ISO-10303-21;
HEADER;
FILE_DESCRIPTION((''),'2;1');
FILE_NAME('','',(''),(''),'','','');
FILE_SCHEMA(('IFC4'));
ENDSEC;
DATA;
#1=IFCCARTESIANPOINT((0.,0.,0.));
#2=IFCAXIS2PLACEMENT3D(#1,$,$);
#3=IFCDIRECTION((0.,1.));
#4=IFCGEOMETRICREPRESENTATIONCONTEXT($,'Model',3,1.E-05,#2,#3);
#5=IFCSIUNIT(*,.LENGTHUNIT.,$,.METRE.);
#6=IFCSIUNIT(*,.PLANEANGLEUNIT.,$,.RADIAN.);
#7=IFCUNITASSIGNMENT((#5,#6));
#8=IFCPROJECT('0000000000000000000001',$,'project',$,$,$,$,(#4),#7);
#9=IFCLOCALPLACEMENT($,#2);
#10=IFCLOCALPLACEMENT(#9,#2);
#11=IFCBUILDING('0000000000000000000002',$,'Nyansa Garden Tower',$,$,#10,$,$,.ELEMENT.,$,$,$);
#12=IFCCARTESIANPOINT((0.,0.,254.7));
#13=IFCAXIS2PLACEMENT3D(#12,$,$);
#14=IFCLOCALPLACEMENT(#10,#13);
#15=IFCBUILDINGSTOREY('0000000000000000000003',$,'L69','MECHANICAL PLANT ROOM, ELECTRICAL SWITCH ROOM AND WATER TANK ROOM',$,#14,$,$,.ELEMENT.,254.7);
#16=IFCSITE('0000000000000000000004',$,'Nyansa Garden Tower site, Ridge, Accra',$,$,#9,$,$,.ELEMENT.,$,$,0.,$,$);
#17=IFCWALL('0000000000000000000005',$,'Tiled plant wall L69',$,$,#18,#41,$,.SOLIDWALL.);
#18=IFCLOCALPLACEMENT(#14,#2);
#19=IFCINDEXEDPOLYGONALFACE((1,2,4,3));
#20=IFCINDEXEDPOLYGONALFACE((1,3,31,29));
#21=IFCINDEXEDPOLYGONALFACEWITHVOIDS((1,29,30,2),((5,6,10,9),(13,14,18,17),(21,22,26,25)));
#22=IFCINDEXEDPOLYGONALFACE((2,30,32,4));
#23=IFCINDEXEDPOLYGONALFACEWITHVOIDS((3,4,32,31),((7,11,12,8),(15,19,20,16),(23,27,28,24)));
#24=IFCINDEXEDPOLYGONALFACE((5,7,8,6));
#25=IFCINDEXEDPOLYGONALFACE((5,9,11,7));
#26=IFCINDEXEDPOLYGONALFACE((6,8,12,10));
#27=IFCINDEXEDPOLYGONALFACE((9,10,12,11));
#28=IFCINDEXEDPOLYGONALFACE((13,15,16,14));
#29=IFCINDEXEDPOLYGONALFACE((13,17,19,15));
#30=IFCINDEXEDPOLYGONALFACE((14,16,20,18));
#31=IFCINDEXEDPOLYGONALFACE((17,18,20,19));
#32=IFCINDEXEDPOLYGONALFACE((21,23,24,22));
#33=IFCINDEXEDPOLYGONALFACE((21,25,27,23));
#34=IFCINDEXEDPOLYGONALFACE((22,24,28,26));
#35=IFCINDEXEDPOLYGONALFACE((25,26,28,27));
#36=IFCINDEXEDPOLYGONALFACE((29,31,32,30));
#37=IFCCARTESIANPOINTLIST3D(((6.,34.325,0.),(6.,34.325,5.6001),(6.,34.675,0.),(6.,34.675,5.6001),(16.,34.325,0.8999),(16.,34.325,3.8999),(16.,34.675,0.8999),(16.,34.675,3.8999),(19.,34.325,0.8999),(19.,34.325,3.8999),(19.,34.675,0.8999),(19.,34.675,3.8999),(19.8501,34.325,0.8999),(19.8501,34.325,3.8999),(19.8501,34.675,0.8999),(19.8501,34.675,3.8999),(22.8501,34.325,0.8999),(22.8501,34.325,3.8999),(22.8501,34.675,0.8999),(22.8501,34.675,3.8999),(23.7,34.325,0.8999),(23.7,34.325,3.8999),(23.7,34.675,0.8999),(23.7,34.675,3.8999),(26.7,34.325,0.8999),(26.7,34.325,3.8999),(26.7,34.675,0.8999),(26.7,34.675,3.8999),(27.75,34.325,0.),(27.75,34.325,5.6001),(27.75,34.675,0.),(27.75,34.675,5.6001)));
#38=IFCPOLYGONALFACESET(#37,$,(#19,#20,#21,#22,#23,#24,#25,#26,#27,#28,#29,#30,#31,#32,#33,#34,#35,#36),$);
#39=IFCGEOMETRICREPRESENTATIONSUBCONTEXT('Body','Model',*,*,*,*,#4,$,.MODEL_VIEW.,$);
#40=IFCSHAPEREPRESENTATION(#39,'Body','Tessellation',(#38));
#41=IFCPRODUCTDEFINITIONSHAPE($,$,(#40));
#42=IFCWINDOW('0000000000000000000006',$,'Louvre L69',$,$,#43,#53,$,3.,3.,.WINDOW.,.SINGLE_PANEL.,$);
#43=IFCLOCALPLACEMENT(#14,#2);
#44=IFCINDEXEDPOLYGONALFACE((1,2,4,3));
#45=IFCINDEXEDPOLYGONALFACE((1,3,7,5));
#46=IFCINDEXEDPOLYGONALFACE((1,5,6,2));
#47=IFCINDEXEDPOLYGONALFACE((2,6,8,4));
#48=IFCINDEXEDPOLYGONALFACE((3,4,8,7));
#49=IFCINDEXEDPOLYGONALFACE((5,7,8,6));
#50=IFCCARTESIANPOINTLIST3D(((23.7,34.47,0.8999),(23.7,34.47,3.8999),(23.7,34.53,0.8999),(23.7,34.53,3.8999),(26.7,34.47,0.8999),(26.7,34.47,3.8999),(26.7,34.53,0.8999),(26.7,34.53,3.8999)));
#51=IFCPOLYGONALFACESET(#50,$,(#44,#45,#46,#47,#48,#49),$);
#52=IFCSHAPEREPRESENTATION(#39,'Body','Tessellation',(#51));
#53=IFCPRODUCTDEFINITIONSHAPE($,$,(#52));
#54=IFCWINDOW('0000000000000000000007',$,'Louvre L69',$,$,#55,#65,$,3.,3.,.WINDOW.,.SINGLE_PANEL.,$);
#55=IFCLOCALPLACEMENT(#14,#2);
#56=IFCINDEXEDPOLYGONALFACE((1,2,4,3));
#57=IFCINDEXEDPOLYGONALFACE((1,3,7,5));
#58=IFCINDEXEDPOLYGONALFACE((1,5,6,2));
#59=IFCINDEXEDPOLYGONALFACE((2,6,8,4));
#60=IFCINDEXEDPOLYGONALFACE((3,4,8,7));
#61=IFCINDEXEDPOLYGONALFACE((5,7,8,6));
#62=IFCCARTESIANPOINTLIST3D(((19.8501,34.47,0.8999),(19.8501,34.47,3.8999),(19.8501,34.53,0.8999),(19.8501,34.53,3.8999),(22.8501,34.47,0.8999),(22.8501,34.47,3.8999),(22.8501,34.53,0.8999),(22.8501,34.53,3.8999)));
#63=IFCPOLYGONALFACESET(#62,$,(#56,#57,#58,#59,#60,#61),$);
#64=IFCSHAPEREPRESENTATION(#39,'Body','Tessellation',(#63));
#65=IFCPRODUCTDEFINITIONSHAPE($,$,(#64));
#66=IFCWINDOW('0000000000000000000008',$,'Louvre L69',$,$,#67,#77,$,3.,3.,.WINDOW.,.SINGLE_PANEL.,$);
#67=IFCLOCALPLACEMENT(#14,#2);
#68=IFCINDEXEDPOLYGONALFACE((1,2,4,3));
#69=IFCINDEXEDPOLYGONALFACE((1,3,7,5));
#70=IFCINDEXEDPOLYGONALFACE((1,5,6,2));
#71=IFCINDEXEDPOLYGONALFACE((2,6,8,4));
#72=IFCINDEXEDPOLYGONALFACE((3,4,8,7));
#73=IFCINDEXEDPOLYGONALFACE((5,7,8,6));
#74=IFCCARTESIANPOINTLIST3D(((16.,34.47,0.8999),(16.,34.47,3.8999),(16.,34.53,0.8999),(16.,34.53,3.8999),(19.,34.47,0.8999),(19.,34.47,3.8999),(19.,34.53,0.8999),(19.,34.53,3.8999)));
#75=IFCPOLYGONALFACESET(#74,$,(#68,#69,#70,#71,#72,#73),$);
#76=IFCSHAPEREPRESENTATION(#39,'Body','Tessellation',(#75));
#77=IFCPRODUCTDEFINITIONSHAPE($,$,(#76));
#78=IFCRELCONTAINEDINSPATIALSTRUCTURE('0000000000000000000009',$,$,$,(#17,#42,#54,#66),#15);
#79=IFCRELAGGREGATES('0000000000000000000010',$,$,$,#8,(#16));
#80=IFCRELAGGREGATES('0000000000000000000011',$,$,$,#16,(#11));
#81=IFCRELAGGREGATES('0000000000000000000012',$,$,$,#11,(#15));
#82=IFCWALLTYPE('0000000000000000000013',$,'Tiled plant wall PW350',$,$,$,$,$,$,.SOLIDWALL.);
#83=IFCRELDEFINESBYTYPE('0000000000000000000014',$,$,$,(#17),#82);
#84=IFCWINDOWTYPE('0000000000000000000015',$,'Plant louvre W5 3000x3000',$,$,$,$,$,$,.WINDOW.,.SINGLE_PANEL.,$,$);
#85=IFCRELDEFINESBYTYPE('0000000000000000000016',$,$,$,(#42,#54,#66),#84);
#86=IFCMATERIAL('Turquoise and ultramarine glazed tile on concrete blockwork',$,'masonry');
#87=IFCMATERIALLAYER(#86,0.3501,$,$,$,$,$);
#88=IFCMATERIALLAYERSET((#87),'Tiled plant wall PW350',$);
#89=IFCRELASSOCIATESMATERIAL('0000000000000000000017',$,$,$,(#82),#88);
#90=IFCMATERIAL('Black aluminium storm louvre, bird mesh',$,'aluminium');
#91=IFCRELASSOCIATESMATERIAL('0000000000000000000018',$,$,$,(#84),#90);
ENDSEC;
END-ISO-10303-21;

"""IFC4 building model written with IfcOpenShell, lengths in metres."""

from ifc_helpers import new_model, si_unit, direction, frame, frame_2d, origin, place, context, subcontext, project, spatial, rectangle, extrude, material, layer, layer_set, type_object, element, fill, save


model = new_model("IFC4")

# Units and contexts
model_context = context("Model", 3, precision=1e-05, world=origin(), true_north=direction((0.0, 1.0)))
body_context = subcontext(model_context, "Body", "Model", "MODEL_VIEW")
ifc_project = project(units=[si_unit("LENGTHUNIT", "METRE"), si_unit("PLANEANGLEUNIT", "RADIAN")], contexts=[model_context])

# Site, building, storey
site_placement = place(None, origin())
site = spatial("IfcSite", under=ifc_project, at=site_placement, Name="Nyansa Garden Tower site, Ridge, Accra", CompositionType="ELEMENT", RefElevation=0.0)
building_placement = place(site_placement, origin())
building = spatial("IfcBuilding", under=site, at=building_placement, Name="Nyansa Garden Tower", CompositionType="ELEMENT")
storey_placement = place(building_placement, frame((0.0, 0.0, 254.7)))
storey = spatial("IfcBuildingStorey", under=building, at=storey_placement, Name="L69", Description="MECHANICAL PLANT ROOM, ELECTRICAL SWITCH ROOM AND WATER TANK ROOM", CompositionType="ELEMENT", Elevation=254.7)

# Shared definitions
ifc_material_1 = material(Name="Turquoise and ultramarine glazed tile on concrete blockwork", Category="masonry")
ifc_layer_1 = layer(ifc_material_1, 0.3501)
ifc_layer_set_1 = layer_set([ifc_layer_1], Name="Tiled plant wall PW350")
wall_type_1 = type_object("IfcWallType", Name="Tiled plant wall PW350", PredefinedType="SOLIDWALL", material=ifc_layer_set_1)

# Wall, openings, windows
wall_1_placement = place(storey_placement, frame((27.75, 34.5, 0.0), z_axis=(0.0, 0.0, 1.0), x_axis=(-1.0, 0.0, 0.0)))
wall_1 = element("IfcWall", 1, at=wall_1_placement, inside=storey, type_object=wall_type_1, Name="Tiled plant wall L69", PredefinedType="SOLIDWALL", context=body_context, shape_type="SweptSolid", body=[
    extrude(rectangle(XDim=21.75, YDim=0.3501, at=frame_2d((10.875, 0.0))), origin(), (0.0, 0.0, 1.0), 5.6001),
])
opening_1_placement = place(wall_1_placement, frame((1.05, 0.0, 0.8999)))
opening_1 = element("IfcOpeningElement", 2, at=opening_1_placement, cuts=wall_1, PredefinedType="OPENING", context=body_context, shape_type="SweptSolid", body=[
    extrude(rectangle(XDim=3.0, YDim=3.0, at=frame_2d((1.5, 1.5))), frame((0.0, 0.1851, 0.0), z_axis=(0.0, -1.0, 0.0), x_axis=(1.0, 0.0, 0.0)), (0.0, 0.0, 1.0), 0.3701),
])
opening_2_placement = place(wall_1_placement, frame((4.8999, 0.0, 0.8999)))
opening_2 = element("IfcOpeningElement", 3, at=opening_2_placement, cuts=wall_1, PredefinedType="OPENING", context=body_context, shape_type="SweptSolid", body=[
    extrude(rectangle(XDim=3.0, YDim=3.0, at=frame_2d((1.5, 1.5))), frame((0.0, 0.1851, 0.0), z_axis=(0.0, -1.0, 0.0), x_axis=(1.0, 0.0, 0.0)), (0.0, 0.0, 1.0), 0.3701),
])
opening_3_placement = place(wall_1_placement, frame((8.75, 0.0, 0.8999)))
opening_3 = element("IfcOpeningElement", 4, at=opening_3_placement, cuts=wall_1, PredefinedType="OPENING", context=body_context, shape_type="SweptSolid", body=[
    extrude(rectangle(XDim=3.0, YDim=3.0, at=frame_2d((1.5, 1.5))), frame((0.0, 0.1851, 0.0), z_axis=(0.0, -1.0, 0.0), x_axis=(1.0, 0.0, 0.0)), (0.0, 0.0, 1.0), 0.3701),
])
ifc_material_2 = material(Name="Black aluminium storm louvre, bird mesh", Category="aluminium")
window_type = type_object("IfcWindowType", Name="Plant louvre W5 3000x3000", PartitioningType="SINGLE_PANEL", PredefinedType="WINDOW", material=ifc_material_2)
window_1_placement = place(opening_1_placement, origin())
window_1 = element("IfcWindow", 5, at=window_1_placement, inside=storey, type_object=window_type, Name="Louvre L69", OverallHeight=3.0, OverallWidth=3.0, PartitioningType="SINGLE_PANEL", PredefinedType="WINDOW", context=body_context, shape_type="SweptSolid", body=[
    extrude(rectangle(XDim=3.0, YDim=3.0, at=frame_2d((1.5, 1.5))), frame((0.0, 0.03, 0.0), z_axis=(0.0, -1.0, 0.0), x_axis=(1.0, 0.0, 0.0)), (0.0, 0.0, 1.0), 0.0601),
])
fill(opening_1, window_1)
window_2_placement = place(opening_2_placement, origin())
window_2 = element("IfcWindow", 6, at=window_2_placement, inside=storey, type_object=window_type, Name="Louvre L69", OverallHeight=3.0, OverallWidth=3.0, PartitioningType="SINGLE_PANEL", PredefinedType="WINDOW", context=body_context, shape_type="SweptSolid", body=[
    extrude(rectangle(XDim=3.0, YDim=3.0, at=frame_2d((1.5, 1.5))), frame((0.0, 0.03, 0.0), z_axis=(0.0, -1.0, 0.0), x_axis=(1.0, 0.0, 0.0)), (0.0, 0.0, 1.0), 0.0601),
])
fill(opening_2, window_2)
window_3_placement = place(opening_3_placement, origin())
window_3 = element("IfcWindow", 7, at=window_3_placement, inside=storey, type_object=window_type, Name="Louvre L69", OverallHeight=3.0, OverallWidth=3.0, PartitioningType="SINGLE_PANEL", PredefinedType="WINDOW", context=body_context, shape_type="SweptSolid", body=[
    extrude(rectangle(XDim=3.0, YDim=3.0, at=frame_2d((1.5, 1.5))), frame((0.0, 0.03, 0.0), z_axis=(0.0, -1.0, 0.0), x_axis=(1.0, 0.0, 0.0)), (0.0, 0.0, 1.0), 0.0601),
])
fill(opening_3, window_3)

save(model, "model.ifc")
